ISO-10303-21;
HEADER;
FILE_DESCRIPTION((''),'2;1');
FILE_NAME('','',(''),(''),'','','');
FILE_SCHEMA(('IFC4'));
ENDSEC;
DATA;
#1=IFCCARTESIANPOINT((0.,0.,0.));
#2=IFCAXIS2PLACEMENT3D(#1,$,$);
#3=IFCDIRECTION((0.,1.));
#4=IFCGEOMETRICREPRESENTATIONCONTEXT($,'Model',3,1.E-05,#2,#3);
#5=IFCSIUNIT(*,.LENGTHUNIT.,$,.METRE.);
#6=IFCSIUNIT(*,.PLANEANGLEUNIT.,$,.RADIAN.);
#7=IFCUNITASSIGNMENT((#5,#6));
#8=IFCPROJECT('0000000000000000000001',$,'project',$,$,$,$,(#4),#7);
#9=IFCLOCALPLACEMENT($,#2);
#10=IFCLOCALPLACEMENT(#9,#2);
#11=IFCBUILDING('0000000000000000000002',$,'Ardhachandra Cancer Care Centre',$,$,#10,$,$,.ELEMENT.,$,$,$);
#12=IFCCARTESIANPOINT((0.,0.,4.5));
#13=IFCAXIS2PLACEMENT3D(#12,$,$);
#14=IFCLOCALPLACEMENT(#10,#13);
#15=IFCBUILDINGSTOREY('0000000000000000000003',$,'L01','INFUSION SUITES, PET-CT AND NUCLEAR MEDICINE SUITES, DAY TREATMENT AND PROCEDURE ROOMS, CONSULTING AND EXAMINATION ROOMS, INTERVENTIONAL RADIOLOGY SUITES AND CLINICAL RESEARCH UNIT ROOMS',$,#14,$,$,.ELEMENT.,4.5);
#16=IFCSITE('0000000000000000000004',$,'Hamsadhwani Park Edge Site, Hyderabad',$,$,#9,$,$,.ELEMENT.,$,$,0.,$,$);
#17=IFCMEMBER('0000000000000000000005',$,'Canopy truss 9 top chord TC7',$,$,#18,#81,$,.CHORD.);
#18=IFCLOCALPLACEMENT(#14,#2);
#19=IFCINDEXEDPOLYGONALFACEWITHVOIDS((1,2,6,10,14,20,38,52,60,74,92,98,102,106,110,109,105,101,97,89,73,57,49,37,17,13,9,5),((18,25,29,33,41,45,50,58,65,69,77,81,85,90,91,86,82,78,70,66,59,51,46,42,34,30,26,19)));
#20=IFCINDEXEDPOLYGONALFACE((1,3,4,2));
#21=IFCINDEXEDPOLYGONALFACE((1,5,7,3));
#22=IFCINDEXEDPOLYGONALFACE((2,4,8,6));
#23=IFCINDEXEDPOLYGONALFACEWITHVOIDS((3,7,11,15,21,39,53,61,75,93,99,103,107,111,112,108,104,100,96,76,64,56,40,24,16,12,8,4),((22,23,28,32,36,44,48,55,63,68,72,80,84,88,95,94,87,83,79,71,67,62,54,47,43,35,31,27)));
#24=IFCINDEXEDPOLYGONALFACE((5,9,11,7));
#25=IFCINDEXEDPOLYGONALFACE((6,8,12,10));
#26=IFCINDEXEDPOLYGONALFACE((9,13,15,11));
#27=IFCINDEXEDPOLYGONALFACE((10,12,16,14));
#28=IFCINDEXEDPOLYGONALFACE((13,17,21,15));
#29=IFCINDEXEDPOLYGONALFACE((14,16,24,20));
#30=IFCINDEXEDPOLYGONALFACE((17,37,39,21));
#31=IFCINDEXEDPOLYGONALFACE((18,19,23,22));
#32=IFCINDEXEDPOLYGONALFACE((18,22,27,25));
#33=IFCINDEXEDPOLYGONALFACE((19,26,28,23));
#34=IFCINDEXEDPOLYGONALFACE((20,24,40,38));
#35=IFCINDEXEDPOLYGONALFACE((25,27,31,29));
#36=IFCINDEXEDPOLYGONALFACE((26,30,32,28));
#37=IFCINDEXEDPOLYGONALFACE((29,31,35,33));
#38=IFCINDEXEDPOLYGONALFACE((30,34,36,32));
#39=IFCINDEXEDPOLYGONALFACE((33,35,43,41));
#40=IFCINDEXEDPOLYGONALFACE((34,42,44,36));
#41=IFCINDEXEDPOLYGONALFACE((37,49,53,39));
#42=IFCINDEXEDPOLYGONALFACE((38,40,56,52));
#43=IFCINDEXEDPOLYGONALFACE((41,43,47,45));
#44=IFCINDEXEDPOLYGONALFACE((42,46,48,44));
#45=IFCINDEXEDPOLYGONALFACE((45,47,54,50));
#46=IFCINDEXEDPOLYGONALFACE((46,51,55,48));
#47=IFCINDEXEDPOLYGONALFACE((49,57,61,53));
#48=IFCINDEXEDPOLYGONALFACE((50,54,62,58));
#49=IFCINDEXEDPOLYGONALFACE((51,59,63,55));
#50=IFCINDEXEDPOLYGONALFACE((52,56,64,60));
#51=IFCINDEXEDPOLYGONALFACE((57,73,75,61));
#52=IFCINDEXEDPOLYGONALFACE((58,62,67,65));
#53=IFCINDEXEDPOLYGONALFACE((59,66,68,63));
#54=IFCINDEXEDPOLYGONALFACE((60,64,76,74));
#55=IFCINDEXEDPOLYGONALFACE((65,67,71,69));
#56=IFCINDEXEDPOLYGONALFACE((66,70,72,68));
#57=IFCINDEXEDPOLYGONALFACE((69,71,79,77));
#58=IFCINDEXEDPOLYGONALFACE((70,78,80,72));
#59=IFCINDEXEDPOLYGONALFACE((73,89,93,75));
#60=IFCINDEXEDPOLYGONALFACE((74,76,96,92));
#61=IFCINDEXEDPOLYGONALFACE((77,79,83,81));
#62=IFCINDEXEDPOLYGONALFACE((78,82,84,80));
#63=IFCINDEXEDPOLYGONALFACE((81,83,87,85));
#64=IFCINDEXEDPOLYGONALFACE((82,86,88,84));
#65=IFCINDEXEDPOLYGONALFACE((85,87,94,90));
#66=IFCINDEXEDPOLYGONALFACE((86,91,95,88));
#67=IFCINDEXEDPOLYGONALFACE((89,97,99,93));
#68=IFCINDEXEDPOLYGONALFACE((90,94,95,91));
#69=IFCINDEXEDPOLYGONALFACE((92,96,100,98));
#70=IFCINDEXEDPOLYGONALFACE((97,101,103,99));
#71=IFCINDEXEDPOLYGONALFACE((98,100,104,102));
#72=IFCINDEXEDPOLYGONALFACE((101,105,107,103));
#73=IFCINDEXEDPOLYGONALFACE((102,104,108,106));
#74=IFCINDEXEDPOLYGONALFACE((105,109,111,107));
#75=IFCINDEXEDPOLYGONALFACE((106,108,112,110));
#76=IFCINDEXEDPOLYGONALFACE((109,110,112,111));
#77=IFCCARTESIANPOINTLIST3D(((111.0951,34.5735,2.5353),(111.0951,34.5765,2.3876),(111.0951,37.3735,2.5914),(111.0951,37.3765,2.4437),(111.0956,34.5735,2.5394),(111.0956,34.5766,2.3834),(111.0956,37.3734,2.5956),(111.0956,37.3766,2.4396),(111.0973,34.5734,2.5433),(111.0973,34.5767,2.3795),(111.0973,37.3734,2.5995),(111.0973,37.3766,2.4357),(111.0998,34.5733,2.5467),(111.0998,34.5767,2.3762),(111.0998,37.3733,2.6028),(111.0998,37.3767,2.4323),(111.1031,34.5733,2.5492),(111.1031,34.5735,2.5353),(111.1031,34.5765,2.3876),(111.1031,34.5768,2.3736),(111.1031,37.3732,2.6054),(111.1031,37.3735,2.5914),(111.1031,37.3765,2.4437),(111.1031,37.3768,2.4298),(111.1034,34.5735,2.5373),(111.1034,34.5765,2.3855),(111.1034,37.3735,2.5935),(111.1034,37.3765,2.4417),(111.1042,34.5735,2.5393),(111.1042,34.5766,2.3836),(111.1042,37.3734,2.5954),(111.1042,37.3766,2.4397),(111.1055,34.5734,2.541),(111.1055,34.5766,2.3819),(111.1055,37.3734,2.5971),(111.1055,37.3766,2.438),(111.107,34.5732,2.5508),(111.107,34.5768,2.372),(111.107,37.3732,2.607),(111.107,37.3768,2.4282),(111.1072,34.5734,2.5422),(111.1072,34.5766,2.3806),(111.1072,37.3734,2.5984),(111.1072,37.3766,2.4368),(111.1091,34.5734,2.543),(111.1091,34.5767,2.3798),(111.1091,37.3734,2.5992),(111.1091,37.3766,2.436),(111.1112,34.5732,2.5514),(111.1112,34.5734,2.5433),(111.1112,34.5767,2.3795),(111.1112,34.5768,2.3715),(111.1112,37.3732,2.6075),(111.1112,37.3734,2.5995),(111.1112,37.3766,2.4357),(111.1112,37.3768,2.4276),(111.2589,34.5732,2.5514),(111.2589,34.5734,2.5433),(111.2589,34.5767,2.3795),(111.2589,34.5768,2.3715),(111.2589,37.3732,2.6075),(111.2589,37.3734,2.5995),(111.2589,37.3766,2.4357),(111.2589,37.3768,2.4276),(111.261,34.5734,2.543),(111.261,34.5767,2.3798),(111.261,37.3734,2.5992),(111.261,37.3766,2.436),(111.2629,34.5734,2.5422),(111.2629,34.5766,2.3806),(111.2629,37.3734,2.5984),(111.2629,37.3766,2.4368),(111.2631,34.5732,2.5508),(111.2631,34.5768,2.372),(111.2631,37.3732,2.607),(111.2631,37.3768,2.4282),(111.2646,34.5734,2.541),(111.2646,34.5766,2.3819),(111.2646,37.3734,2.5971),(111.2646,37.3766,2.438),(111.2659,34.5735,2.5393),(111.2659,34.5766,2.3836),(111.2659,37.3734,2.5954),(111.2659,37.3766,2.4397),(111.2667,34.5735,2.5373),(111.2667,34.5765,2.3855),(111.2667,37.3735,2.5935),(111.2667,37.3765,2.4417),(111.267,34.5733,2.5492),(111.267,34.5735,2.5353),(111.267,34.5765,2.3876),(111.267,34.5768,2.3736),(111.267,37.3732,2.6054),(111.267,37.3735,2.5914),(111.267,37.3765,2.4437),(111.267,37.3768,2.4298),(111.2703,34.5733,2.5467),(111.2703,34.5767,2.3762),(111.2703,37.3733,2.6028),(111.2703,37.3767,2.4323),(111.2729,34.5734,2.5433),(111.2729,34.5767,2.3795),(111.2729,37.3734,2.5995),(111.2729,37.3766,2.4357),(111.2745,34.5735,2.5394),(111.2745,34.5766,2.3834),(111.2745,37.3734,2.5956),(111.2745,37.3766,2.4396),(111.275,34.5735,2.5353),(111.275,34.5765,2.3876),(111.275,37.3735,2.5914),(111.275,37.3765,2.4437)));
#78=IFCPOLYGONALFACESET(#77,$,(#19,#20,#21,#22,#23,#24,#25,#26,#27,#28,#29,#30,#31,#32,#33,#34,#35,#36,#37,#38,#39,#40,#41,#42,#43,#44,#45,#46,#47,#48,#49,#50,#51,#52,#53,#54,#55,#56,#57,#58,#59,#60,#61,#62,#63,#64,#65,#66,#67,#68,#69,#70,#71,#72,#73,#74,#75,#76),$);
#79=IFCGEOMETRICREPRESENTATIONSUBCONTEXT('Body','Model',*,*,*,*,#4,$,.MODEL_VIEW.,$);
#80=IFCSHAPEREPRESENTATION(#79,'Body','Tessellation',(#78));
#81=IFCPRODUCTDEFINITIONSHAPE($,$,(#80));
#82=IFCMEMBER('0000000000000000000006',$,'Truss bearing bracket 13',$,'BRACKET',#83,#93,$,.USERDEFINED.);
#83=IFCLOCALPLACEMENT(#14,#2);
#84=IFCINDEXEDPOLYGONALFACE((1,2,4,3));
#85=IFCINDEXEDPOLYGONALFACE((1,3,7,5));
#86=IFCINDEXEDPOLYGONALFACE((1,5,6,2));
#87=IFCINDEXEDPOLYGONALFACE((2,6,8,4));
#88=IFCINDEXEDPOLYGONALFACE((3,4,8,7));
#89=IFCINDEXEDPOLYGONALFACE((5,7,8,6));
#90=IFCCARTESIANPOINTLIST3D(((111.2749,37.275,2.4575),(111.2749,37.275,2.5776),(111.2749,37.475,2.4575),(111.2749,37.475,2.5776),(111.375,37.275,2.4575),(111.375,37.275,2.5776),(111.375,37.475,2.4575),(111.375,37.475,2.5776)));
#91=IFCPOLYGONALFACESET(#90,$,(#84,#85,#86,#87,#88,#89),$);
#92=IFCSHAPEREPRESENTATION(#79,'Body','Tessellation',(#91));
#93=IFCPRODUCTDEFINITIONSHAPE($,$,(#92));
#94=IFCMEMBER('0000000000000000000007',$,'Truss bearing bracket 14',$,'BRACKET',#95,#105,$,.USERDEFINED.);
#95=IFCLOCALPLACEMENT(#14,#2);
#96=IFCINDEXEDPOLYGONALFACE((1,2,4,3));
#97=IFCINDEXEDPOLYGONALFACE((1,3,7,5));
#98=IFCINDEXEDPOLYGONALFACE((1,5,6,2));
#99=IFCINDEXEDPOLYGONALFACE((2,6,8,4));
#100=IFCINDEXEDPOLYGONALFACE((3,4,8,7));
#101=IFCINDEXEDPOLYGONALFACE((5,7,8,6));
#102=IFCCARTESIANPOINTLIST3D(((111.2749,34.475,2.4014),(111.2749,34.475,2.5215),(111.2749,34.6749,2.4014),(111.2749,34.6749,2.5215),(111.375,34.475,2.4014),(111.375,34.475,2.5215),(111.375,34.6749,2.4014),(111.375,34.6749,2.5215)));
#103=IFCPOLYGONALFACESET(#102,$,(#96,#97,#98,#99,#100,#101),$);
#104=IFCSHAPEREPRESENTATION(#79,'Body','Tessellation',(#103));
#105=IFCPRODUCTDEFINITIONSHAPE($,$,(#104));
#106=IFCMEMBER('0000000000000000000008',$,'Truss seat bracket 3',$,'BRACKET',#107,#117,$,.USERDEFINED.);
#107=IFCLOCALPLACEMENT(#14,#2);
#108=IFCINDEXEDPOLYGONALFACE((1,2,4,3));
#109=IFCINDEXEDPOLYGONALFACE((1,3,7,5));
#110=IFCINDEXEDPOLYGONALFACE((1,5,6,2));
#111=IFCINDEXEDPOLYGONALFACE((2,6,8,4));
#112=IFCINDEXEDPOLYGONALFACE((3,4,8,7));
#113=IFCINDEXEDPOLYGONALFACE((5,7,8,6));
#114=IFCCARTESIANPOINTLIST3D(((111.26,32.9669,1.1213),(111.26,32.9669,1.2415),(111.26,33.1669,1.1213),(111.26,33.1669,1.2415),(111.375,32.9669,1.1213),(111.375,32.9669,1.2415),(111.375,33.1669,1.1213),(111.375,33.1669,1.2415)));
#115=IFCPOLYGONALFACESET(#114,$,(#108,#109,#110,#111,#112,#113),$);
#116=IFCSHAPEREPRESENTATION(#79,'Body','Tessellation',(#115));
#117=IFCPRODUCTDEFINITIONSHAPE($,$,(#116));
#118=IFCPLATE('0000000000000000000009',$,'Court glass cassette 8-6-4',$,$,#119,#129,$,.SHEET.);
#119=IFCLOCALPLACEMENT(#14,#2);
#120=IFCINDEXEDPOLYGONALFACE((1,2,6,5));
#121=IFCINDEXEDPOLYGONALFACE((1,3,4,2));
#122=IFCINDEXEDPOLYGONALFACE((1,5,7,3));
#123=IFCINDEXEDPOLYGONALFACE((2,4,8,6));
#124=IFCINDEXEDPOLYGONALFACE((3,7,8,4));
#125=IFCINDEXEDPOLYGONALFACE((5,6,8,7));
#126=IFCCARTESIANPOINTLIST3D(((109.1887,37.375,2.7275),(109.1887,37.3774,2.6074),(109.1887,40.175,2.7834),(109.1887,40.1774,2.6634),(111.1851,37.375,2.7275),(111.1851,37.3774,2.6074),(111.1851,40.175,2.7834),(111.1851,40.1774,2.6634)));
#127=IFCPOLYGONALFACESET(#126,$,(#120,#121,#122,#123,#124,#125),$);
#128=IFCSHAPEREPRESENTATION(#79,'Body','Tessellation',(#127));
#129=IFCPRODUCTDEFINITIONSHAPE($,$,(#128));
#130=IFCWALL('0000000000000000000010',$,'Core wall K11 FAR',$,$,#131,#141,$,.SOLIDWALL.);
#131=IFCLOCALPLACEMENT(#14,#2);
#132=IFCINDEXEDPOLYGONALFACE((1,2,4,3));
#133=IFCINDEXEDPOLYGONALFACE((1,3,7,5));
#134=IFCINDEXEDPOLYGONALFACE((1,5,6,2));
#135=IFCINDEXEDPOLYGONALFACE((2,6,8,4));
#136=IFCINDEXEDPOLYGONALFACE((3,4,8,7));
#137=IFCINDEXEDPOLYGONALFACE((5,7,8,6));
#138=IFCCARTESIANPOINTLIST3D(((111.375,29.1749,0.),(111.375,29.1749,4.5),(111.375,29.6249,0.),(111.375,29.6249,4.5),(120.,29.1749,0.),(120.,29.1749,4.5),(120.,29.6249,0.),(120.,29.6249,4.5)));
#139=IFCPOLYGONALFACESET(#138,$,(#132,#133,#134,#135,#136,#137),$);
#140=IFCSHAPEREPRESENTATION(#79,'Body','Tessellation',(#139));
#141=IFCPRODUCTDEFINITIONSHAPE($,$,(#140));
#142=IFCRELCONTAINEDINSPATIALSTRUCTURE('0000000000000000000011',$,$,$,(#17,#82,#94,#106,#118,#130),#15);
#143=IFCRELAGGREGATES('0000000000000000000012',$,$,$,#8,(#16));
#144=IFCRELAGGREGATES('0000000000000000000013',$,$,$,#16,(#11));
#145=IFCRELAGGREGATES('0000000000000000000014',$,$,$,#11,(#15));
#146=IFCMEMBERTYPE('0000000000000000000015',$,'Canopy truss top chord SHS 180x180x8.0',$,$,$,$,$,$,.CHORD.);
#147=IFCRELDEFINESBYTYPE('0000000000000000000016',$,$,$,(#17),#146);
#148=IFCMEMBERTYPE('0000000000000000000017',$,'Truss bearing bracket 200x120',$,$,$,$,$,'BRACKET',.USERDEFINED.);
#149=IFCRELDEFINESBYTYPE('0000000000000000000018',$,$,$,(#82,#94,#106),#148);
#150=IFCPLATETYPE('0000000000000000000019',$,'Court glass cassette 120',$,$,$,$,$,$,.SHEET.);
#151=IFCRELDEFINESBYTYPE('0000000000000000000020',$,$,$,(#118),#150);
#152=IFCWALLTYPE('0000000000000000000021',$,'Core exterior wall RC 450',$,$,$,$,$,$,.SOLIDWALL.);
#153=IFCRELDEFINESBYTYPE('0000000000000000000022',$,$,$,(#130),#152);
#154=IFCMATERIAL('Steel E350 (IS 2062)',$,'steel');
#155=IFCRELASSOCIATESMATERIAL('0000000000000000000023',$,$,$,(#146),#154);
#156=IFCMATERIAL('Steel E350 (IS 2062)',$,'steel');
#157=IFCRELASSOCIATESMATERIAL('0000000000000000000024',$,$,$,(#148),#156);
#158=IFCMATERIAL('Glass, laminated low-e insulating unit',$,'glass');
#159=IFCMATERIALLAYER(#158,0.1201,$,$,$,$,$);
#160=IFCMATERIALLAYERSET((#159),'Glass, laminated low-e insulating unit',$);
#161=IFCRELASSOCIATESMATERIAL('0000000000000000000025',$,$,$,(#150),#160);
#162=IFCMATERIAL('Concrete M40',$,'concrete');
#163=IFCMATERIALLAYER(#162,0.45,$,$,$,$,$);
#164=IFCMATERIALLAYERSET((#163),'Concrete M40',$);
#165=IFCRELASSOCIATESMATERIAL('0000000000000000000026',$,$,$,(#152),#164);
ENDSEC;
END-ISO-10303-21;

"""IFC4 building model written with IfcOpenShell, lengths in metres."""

from ifc_helpers import new_model, si_unit, direction, frame, frame_2d, origin, origin_2d, place, context, subcontext, project, spatial, polyline, rectangle, hollow_rectangle, outline, extrude, material, layer, layer_set, material_profile, profile_set, type_object, element, save


model = new_model("IFC4")

# Units and contexts
model_context = context("Model", 3, precision=1e-05, world=origin(), true_north=direction((0.0, 1.0)))
body_context = subcontext(model_context, "Body", "Model", "MODEL_VIEW")
ifc_project = project(units=[si_unit("LENGTHUNIT", "METRE"), si_unit("PLANEANGLEUNIT", "RADIAN")], contexts=[model_context])

# Site, building, storey
site_placement = place(None, origin())
site = spatial("IfcSite", under=ifc_project, at=site_placement, Name="Hamsadhwani Park Edge Site, Hyderabad", CompositionType="ELEMENT", RefElevation=0.0)
building_placement = place(site_placement, origin())
building = spatial("IfcBuilding", under=site, at=building_placement, Name="Ardhachandra Cancer Care Centre", CompositionType="ELEMENT")
storey_placement = place(building_placement, frame((0.0, 0.0, 4.5)))
storey = spatial("IfcBuildingStorey", under=building, at=storey_placement, Name="L01", Description="INFUSION SUITES, PET-CT AND NUCLEAR MEDICINE SUITES, DAY TREATMENT AND PROCEDURE ROOMS, CONSULTING AND EXAMINATION ROOMS, INTERVENTIONAL RADIOLOGY SUITES AND CLINICAL RESEARCH UNIT ROOMS", CompositionType="ELEMENT", Elevation=4.5)

# Members
ifc_material_1 = material(Name="Steel E350 (IS 2062)", Category="steel")
ifc_material_profile_1 = material_profile(ifc_material_1, hollow_rectangle(XDim=0.1799, YDim=0.1799, WallThickness=0.0081, InnerFilletRadius=0.0081, OuterFilletRadius=0.0161, at=origin_2d()), Name="SHS 180x180x8.0")
ifc_profile_set_1 = profile_set([ifc_material_profile_1], Name="Steel E350 (IS 2062)")
member_type_1 = type_object("IfcMemberType", Name="Canopy truss top chord SHS 180x180x8.0", PredefinedType="CHORD", material=ifc_profile_set_1)
member_1_placement = place(storey_placement, frame((111.1851, 37.375, 2.5176), z_axis=(0.0, -0.999799, -0.02005), x_axis=(1.0, 0.0, 0.0)))
element("IfcMember", 1, at=member_1_placement, inside=storey, type_object=member_type_1, Name="Canopy truss 9 top chord TC7", PredefinedType="CHORD", context=body_context, shape_type="SweptSolid", body=[
    extrude(hollow_rectangle(XDim=0.1799, YDim=0.1799, WallThickness=0.0081, InnerFilletRadius=0.0081, OuterFilletRadius=0.0161, at=origin_2d()), origin(), (0.0, 0.0, 1.0), 2.8005),
])
ifc_material_2 = material(Name="Steel E350 (IS 2062)", Category="steel")
ifc_material_profile_2 = material_profile(ifc_material_2, rectangle(XDim=0.2, YDim=0.1201, at=origin_2d()), Name="PL 200x120")
ifc_profile_set_2 = profile_set([ifc_material_profile_2], Name="Steel E350 (IS 2062)")
member_type_2 = type_object("IfcMemberType", Name="Truss bearing bracket 200x120", ElementType="BRACKET", PredefinedType="USERDEFINED", material=ifc_profile_set_2)
for number, where, z_axis, x_axis, name in (
    (2, (111.2749, 37.375, 2.5176), (1.0, 0.0, 0.0), (0.0, 1.0, 0.0), "Truss bearing bracket 13"),
    (3, (111.2749, 34.575, 2.4614), (1.0, 0.0, 0.0), (0.0, 1.0, 0.0), "Truss bearing bracket 14"),
):
    element("IfcMember", number, at=place(storey_placement, frame(where, z_axis=z_axis, x_axis=x_axis)), inside=storey, type_object=member_type_2, Name=name, ObjectType="BRACKET", PredefinedType="USERDEFINED", context=body_context, shape_type="SweptSolid", body=[
        extrude(rectangle(XDim=0.2, YDim=0.1201, at=origin_2d()), origin(), (0.0, 0.0, 1.0), 0.1001),
    ])
member_2_placement = place(storey_placement, frame((111.26, 33.0669, 1.1814), z_axis=(1.0, 0.0, 0.0), x_axis=(0.0, 1.0, 0.0)))
element("IfcMember", 4, at=member_2_placement, inside=storey, type_object=member_type_2, Name="Truss seat bracket 3", ObjectType="BRACKET", PredefinedType="USERDEFINED", context=body_context, shape_type="SweptSolid", body=[
    extrude(rectangle(XDim=0.2, YDim=0.1201, at=origin_2d()), origin(), (0.0, 0.0, 1.0), 0.115),
])

# Plate
ifc_material_3 = material(Name="Glass, laminated low-e insulating unit", Category="glass")
ifc_layer_1 = layer(ifc_material_3, 0.1201)
ifc_layer_set_1 = layer_set([ifc_layer_1], Name="Glass, laminated low-e insulating unit")
plate_type = type_object("IfcPlateType", Name="Court glass cassette 120", PredefinedType="SHEET", material=ifc_layer_set_1)
plate_placement = place(storey_placement, frame((111.1851, 37.375, 2.7275), z_axis=(0.0, -0.019963, 0.999801), x_axis=(-1.0, 0.0, 0.0)))
element("IfcPlate", 5, at=plate_placement, inside=storey, type_object=plate_type, Name="Court glass cassette 8-6-4", PredefinedType="SHEET", context=body_context, shape_type="SweptSolid", body=[
    extrude(outline(polyline([(0.0, -2.8005), (1.9963, -2.8005), (1.9963, 0.0), (0.0, 0.0), (0.0, -2.8005)])), frame((0.0, 0.0, -0.1201)), (0.0, 0.0, 1.0), 0.1201),
])

# Wall
ifc_material_4 = material(Name="Concrete M40", Category="concrete")
ifc_layer_2 = layer(ifc_material_4, 0.45)
ifc_layer_set_2 = layer_set([ifc_layer_2], Name="Concrete M40")
wall_type = type_object("IfcWallType", Name="Core exterior wall RC 450", PredefinedType="SOLIDWALL", material=ifc_layer_set_2)
wall_placement = place(storey_placement, frame((111.375, 29.3999, 0.0), z_axis=(0.0, 0.0, 1.0), x_axis=(1.0, 0.0, 0.0)))
element("IfcWall", 6, at=wall_placement, inside=storey, type_object=wall_type, Name="Core wall K11 FAR", PredefinedType="SOLIDWALL", context=body_context, shape_type="SweptSolid", body=[
    extrude(rectangle(XDim=8.625, YDim=0.45, at=frame_2d((4.3125, 0.0))), origin(), (0.0, 0.0, 1.0), 4.5),
])

save(model, "model.ifc")
